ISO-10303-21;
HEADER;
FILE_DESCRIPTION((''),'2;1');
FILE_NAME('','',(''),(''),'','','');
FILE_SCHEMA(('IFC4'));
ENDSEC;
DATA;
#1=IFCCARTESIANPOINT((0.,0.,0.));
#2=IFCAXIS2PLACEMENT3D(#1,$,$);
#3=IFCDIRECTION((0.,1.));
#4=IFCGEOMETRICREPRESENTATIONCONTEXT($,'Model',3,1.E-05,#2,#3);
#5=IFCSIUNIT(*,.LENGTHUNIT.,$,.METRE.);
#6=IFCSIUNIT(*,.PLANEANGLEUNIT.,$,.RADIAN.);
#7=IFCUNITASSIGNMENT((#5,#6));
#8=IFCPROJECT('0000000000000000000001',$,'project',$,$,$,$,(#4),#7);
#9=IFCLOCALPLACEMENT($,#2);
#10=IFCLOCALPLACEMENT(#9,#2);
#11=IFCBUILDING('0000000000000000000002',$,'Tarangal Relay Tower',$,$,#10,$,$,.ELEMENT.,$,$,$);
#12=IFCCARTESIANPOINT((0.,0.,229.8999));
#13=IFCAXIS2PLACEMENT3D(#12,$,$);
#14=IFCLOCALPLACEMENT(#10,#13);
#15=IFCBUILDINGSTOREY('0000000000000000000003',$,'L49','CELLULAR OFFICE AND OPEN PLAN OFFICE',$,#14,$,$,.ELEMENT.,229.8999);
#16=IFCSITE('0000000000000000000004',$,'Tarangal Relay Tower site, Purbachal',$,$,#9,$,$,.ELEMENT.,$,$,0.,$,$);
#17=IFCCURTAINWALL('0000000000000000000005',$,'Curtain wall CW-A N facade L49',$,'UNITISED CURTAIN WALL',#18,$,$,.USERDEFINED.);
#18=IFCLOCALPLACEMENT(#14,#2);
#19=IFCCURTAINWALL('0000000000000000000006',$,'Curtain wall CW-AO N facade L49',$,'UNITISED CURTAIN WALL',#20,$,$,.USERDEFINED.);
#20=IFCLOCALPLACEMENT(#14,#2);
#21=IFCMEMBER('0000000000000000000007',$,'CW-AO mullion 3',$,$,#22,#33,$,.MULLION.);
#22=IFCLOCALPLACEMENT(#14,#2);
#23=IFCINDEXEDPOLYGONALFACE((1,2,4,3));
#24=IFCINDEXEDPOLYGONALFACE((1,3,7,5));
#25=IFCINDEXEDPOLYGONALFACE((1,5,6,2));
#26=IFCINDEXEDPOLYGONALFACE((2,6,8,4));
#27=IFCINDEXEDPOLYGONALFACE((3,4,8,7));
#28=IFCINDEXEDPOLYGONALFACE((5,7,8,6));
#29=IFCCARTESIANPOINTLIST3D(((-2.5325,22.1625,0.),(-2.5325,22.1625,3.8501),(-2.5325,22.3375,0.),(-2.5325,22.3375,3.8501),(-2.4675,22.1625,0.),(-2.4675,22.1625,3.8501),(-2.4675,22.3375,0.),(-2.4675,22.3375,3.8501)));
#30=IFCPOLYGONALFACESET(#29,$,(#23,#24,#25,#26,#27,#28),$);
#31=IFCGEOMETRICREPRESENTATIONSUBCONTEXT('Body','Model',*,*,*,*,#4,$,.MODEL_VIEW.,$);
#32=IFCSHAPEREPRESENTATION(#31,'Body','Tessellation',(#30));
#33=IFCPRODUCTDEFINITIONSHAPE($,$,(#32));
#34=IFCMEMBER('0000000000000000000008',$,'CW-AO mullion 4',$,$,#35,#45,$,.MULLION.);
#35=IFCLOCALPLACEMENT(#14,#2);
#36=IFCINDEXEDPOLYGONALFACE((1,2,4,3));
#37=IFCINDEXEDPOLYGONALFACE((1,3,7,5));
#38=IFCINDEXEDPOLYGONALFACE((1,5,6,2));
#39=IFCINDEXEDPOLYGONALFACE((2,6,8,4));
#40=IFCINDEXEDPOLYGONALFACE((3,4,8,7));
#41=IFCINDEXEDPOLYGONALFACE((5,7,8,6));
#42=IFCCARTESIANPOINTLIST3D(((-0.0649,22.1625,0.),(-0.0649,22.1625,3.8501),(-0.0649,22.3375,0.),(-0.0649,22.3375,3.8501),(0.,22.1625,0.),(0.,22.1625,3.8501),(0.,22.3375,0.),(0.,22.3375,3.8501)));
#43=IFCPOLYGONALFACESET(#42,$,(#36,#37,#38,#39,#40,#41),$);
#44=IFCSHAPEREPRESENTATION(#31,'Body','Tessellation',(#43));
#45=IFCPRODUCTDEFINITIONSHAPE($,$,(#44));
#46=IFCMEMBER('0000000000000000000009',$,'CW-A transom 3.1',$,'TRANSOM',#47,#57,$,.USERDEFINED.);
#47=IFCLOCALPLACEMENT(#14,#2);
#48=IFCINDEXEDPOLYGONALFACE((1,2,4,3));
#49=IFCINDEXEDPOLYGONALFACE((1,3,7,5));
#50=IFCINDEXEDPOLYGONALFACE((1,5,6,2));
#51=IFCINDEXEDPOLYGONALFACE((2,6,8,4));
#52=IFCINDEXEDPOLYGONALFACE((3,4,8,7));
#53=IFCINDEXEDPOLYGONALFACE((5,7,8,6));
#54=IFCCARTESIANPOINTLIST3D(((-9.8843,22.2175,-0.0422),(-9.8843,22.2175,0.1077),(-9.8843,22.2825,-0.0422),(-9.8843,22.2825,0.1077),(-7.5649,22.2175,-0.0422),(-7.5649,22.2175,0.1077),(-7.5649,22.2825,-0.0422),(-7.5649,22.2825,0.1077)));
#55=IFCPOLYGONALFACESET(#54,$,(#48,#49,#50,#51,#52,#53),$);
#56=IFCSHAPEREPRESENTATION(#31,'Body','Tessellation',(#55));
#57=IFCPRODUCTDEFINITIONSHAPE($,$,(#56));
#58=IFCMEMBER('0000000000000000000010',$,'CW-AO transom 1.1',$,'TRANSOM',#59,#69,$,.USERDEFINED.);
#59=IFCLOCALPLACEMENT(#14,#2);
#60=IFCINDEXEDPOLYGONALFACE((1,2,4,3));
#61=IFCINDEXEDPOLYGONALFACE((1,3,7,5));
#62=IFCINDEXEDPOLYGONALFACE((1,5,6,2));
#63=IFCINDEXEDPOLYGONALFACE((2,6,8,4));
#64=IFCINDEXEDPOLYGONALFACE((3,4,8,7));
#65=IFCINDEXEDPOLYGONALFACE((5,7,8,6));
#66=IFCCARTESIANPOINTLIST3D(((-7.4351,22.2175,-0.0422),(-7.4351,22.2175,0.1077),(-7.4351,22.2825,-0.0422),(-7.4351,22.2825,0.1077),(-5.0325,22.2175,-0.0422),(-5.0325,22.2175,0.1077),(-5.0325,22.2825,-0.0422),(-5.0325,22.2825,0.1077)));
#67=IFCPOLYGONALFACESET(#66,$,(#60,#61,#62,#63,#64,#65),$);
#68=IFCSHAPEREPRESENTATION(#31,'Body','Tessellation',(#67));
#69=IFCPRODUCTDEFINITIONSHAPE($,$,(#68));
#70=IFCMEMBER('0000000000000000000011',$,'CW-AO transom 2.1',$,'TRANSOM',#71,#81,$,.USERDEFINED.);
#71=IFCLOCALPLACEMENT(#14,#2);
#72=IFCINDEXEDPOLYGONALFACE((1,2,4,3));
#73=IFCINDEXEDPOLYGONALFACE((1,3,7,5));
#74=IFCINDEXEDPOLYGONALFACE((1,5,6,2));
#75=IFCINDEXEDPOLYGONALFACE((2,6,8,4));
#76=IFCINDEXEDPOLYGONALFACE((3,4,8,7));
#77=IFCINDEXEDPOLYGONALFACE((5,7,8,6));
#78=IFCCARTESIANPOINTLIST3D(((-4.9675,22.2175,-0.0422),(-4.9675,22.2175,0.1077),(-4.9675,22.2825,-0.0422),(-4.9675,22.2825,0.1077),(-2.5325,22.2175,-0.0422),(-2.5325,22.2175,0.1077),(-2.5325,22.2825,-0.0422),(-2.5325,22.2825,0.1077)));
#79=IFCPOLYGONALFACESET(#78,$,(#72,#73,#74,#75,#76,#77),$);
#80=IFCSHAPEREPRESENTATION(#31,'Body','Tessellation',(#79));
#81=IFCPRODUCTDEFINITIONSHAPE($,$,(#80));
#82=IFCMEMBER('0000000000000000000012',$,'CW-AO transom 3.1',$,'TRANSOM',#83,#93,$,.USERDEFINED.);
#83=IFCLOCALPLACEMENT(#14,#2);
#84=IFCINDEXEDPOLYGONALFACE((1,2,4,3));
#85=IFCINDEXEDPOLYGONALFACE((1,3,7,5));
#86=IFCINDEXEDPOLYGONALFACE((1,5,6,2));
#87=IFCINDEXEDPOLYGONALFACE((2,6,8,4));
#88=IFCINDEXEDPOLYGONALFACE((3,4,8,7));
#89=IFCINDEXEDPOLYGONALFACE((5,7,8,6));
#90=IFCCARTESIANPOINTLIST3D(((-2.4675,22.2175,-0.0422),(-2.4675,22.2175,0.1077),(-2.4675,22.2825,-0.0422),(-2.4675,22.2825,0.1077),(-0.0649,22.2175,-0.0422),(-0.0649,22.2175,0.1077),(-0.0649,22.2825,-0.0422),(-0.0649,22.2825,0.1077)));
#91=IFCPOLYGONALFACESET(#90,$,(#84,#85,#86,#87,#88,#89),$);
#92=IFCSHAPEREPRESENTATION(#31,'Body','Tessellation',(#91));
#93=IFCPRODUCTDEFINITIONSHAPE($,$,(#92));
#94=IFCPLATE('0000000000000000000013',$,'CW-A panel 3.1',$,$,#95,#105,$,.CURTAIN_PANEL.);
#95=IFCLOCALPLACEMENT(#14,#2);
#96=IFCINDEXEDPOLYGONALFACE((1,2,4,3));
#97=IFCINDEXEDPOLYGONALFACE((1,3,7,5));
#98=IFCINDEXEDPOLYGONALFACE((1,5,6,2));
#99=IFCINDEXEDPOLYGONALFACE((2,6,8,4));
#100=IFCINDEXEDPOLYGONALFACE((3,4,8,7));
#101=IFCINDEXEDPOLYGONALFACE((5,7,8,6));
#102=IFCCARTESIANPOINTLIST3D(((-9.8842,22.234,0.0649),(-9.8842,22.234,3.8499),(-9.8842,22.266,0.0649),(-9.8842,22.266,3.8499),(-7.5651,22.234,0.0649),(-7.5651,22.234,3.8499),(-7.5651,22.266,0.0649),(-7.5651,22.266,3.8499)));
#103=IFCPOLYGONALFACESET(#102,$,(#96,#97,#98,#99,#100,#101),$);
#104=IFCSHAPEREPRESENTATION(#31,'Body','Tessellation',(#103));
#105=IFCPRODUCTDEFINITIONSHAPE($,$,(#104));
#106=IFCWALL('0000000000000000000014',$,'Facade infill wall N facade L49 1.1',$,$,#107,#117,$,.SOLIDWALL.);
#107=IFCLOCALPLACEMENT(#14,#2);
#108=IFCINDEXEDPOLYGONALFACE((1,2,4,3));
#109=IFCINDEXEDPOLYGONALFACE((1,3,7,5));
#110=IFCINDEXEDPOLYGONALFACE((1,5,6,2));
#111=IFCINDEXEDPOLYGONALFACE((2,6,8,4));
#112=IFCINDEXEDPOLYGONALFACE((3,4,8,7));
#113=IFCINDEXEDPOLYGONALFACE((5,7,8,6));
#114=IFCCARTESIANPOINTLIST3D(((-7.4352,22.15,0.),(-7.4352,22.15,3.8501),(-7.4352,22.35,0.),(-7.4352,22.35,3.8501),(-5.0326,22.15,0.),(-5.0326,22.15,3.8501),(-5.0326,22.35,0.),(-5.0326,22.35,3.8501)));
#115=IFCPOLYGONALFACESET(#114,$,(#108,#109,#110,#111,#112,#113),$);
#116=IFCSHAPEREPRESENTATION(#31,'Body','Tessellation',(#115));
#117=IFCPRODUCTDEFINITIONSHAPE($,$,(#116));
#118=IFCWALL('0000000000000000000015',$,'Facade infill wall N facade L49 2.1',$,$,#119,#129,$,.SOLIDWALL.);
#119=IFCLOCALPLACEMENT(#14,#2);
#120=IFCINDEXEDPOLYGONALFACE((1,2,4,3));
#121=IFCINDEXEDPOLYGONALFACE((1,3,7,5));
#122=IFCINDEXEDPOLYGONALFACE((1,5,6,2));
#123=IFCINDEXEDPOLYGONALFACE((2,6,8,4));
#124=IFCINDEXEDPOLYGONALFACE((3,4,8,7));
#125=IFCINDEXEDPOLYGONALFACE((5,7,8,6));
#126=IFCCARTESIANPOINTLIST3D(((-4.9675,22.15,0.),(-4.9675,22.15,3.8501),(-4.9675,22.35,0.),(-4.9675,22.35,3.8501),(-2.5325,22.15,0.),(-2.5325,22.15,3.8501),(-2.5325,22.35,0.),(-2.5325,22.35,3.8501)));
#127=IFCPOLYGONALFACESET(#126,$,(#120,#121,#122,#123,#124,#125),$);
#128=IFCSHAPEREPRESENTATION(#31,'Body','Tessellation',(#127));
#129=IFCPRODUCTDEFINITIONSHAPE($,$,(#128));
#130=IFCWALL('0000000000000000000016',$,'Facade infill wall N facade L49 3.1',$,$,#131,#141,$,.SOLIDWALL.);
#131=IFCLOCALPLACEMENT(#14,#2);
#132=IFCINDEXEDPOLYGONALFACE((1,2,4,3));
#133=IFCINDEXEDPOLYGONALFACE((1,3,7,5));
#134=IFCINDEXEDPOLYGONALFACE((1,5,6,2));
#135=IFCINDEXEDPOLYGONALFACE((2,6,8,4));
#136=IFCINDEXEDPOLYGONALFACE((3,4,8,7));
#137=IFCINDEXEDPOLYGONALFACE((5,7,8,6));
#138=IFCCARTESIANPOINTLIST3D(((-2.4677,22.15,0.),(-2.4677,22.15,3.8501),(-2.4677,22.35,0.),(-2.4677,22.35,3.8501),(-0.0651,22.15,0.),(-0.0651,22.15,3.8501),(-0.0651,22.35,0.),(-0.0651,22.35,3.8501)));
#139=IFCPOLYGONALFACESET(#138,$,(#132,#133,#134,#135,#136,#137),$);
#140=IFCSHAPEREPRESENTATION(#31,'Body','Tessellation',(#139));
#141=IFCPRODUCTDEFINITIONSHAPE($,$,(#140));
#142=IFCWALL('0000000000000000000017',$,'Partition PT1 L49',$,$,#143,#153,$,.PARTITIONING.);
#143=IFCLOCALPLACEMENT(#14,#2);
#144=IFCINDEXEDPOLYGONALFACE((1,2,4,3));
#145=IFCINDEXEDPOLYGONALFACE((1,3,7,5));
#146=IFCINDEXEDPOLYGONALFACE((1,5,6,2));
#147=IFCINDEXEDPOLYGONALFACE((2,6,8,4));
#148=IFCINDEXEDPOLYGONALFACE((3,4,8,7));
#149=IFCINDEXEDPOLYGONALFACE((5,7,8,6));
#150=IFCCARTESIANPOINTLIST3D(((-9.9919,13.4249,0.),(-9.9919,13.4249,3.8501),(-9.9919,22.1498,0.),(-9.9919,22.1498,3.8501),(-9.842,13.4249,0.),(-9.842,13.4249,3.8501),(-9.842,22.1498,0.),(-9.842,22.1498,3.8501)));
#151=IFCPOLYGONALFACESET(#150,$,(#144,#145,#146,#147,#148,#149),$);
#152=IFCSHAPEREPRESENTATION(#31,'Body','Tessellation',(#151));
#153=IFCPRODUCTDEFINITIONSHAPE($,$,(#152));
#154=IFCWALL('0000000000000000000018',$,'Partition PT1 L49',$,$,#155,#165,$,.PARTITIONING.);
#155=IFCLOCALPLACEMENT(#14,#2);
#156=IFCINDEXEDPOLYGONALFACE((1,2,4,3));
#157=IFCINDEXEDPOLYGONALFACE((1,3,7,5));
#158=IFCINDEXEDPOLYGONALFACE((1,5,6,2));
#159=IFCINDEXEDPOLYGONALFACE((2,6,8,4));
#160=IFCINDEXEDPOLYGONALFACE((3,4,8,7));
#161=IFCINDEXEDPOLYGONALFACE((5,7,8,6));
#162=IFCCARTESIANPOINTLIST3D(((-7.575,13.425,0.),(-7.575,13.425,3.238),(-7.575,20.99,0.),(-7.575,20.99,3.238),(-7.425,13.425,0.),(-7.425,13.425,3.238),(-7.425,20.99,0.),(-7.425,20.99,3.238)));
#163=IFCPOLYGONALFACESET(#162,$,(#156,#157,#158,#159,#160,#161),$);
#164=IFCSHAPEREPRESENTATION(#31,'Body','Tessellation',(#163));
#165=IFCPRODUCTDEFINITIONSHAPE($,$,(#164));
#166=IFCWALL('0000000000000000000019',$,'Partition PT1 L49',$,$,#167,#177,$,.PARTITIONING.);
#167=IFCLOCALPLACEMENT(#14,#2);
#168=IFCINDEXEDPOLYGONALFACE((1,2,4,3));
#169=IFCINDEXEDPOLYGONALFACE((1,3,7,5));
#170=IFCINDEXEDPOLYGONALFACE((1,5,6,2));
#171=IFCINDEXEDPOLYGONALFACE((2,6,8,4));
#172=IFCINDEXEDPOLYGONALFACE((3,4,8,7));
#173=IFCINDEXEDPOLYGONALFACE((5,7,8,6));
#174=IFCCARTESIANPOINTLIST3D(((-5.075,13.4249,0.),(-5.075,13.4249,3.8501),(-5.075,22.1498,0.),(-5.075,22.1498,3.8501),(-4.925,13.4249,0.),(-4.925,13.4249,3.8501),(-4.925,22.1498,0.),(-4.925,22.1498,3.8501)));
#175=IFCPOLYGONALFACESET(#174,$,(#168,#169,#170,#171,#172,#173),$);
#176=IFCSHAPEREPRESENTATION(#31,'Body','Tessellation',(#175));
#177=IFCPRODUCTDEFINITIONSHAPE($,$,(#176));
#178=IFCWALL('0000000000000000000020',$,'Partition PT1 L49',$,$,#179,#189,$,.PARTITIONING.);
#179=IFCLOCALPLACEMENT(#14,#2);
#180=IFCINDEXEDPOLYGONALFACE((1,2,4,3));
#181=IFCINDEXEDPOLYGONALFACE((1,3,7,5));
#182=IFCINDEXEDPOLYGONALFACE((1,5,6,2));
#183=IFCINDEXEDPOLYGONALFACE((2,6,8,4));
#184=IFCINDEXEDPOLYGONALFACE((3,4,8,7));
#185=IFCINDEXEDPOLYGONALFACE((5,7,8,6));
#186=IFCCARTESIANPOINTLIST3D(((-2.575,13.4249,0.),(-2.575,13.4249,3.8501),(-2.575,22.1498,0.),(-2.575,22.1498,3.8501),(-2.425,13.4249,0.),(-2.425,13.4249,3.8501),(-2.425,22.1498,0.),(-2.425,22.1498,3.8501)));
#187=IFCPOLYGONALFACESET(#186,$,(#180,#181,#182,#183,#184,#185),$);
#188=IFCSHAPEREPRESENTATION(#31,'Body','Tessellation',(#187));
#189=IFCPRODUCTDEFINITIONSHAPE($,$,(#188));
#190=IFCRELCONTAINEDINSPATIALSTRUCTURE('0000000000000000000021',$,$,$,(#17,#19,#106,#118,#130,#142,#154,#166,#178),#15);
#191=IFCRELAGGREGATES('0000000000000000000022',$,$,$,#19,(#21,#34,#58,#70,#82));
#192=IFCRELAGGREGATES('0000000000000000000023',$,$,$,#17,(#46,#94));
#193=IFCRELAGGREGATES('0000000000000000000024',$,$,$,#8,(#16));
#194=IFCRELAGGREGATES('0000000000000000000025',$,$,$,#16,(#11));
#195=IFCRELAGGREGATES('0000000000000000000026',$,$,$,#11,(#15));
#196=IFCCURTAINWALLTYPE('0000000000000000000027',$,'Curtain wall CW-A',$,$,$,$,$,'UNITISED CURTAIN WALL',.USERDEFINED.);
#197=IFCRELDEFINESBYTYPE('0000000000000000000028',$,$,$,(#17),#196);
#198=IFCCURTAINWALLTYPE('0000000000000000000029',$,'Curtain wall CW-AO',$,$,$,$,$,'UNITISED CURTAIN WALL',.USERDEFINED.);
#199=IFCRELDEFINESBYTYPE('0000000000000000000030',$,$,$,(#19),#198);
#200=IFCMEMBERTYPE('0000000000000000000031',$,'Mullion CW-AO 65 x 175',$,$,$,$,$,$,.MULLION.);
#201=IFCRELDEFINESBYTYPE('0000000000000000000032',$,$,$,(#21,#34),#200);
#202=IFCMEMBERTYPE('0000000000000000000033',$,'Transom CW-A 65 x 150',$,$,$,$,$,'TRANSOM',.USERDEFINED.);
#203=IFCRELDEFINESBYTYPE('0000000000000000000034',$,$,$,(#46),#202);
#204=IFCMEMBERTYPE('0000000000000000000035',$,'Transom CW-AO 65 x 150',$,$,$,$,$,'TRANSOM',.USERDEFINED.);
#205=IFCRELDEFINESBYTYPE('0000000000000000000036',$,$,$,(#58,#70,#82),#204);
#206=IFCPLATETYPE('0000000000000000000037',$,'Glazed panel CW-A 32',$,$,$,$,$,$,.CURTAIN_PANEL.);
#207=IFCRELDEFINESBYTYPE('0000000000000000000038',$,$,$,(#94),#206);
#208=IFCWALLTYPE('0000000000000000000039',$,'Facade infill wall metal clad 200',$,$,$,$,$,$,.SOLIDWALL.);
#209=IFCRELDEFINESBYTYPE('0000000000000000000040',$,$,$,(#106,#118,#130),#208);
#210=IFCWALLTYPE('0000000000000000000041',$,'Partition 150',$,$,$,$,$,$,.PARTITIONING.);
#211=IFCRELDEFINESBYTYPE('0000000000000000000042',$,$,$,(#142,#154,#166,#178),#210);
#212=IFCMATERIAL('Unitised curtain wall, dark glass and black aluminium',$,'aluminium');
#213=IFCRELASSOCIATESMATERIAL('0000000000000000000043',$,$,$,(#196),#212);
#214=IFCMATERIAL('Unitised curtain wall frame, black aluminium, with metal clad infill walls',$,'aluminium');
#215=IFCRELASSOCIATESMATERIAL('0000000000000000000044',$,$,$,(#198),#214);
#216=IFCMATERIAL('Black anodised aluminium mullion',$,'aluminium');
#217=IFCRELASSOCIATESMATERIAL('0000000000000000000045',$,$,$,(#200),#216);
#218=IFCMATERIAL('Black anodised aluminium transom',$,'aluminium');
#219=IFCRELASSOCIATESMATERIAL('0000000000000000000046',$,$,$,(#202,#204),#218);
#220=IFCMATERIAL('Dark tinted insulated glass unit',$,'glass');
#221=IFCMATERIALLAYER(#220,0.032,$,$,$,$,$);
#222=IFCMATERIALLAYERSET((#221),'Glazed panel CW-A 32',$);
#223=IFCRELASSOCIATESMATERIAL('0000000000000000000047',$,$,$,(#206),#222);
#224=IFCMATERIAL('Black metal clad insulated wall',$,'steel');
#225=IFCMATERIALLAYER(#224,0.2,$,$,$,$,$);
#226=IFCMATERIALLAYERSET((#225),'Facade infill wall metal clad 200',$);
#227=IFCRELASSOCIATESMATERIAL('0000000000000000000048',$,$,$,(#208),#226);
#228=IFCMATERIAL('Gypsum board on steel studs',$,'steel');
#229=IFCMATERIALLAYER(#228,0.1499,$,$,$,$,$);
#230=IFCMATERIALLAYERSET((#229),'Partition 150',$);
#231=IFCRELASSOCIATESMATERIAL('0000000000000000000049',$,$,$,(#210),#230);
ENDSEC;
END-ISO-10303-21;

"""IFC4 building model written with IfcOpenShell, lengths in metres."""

from ifc_helpers import new_model, si_unit, direction, frame, frame_2d, origin, origin_2d, place, context, subcontext, project, spatial, rectangle, extrude, material, layer, layer_set, material_profile, profile_set, type_object, element, aggregate, save


model = new_model("IFC4")

# Units and contexts
model_context = context("Model", 3, precision=1e-05, world=origin(), true_north=direction((0.0, 1.0)))
body_context = subcontext(model_context, "Body", "Model", "MODEL_VIEW")
ifc_project = project(units=[si_unit("LENGTHUNIT", "METRE"), si_unit("PLANEANGLEUNIT", "RADIAN")], contexts=[model_context])

# Site, building, storey
site_placement = place(None, origin())
site = spatial("IfcSite", under=ifc_project, at=site_placement, Name="Tarangal Relay Tower site, Purbachal", CompositionType="ELEMENT", RefElevation=0.0)
building_placement = place(site_placement, origin())
building = spatial("IfcBuilding", under=site, at=building_placement, Name="Tarangal Relay Tower", CompositionType="ELEMENT")
storey_placement = place(building_placement, frame((0.0, 0.0, 229.8999)))
storey = spatial("IfcBuildingStorey", under=building, at=storey_placement, Name="L49", Description="CELLULAR OFFICE AND OPEN PLAN OFFICE", CompositionType="ELEMENT", Elevation=229.8999)

# Curtain walls, members
ifc_material_1 = material(Name="Unitised curtain wall, dark glass and black aluminium", Category="aluminium")
curtain_wall_type_1 = type_object("IfcCurtainWallType", Name="Curtain wall CW-A", ElementType="UNITISED CURTAIN WALL", PredefinedType="USERDEFINED", material=ifc_material_1)
curtain_wall_1_placement = place(storey_placement, origin())
curtain_wall_1 = element("IfcCurtainWall", 1, at=curtain_wall_1_placement, inside=storey, type_object=curtain_wall_type_1, Name="Curtain wall CW-A N facade L49", ObjectType="UNITISED CURTAIN WALL", PredefinedType="USERDEFINED")
ifc_material_2 = material(Name="Black anodised aluminium mullion", Category="aluminium")
ifc_material_3 = material(Name="Unitised curtain wall frame, black aluminium, with metal clad infill walls", Category="aluminium")
curtain_wall_type_2 = type_object("IfcCurtainWallType", Name="Curtain wall CW-AO", ElementType="UNITISED CURTAIN WALL", PredefinedType="USERDEFINED", material=ifc_material_3)
curtain_wall_2_placement = place(storey_placement, origin())
curtain_wall_2 = element("IfcCurtainWall", 2, at=curtain_wall_2_placement, inside=storey, type_object=curtain_wall_type_2, Name="Curtain wall CW-AO N facade L49", ObjectType="UNITISED CURTAIN WALL", PredefinedType="USERDEFINED")
ifc_material_profile_1 = material_profile(ifc_material_2, rectangle(XDim=0.175, YDim=0.0649, at=origin_2d()), Name="CW-AOM 65X175")
ifc_profile_set_1 = profile_set([ifc_material_profile_1], Name="Black anodised aluminium mullion")
member_type_1 = type_object("IfcMemberType", Name="Mullion CW-AO 65 x 175", PredefinedType="MULLION", material=ifc_profile_set_1)
member_1_placement = place(storey_placement, frame((-2.5, 22.25, 0.0), z_axis=(0.0, 0.0, 1.0), x_axis=(0.0, 1.0, 0.0)))
member_1 = element("IfcMember", 3, at=member_1_placement, type_object=member_type_1, Name="CW-AO mullion 3", PredefinedType="MULLION", context=body_context, shape_type="SweptSolid", body=[
    extrude(rectangle(XDim=0.175, YDim=0.0649, at=origin_2d()), origin(), (0.0, 0.0, 1.0), 3.8501),
])
member_2_placement = place(storey_placement, frame((-0.0325, 22.25, 0.0), z_axis=(0.0, 0.0, 1.0), x_axis=(0.0, 1.0, 0.0)))
member_2 = element("IfcMember", 4, at=member_2_placement, type_object=member_type_1, Name="CW-AO mullion 4", PredefinedType="MULLION", context=body_context, shape_type="SweptSolid", body=[
    extrude(rectangle(XDim=0.175, YDim=0.0649, at=origin_2d()), origin(), (0.0, 0.0, 1.0), 3.8501),
])

# Members
ifc_material_4 = material(Name="Black anodised aluminium transom", Category="aluminium")
ifc_material_profile_2 = material_profile(ifc_material_4, rectangle(XDim=0.0649, YDim=0.1499, at=origin_2d()), Name="CW-AT 65X150")
ifc_profile_set_2 = profile_set([ifc_material_profile_2], Name="Black anodised aluminium transom")
member_type_2 = type_object("IfcMemberType", Name="Transom CW-A 65 x 150", ElementType="TRANSOM", PredefinedType="USERDEFINED", material=ifc_profile_set_2)
member_3_placement = place(storey_placement, frame((-9.8843, 22.25, 0.0327), z_axis=(1.0, 0.0, 0.0), x_axis=(0.0, 1.0, 0.0)))
member_3 = element("IfcMember", 5, at=member_3_placement, type_object=member_type_2, Name="CW-A transom 3.1", ObjectType="TRANSOM", PredefinedType="USERDEFINED", context=body_context, shape_type="SweptSolid", body=[
    extrude(rectangle(XDim=0.0649, YDim=0.1499, at=origin_2d()), origin(), (0.0, 0.0, 1.0), 2.3193),
])
ifc_material_profile_3 = material_profile(ifc_material_4, rectangle(XDim=0.0649, YDim=0.1499, at=origin_2d()), Name="CW-AOT 65X150")
ifc_profile_set_3 = profile_set([ifc_material_profile_3], Name="Black anodised aluminium transom")
member_type_3 = type_object("IfcMemberType", Name="Transom CW-AO 65 x 150", ElementType="TRANSOM", PredefinedType="USERDEFINED", material=ifc_profile_set_3)
member_4_placement = place(storey_placement, frame((-7.4351, 22.25, 0.0327), z_axis=(1.0, 0.0, 0.0), x_axis=(0.0, 1.0, 0.0)))
member_4 = element("IfcMember", 6, at=member_4_placement, type_object=member_type_3, Name="CW-AO transom 1.1", ObjectType="TRANSOM", PredefinedType="USERDEFINED", context=body_context, shape_type="SweptSolid", body=[
    extrude(rectangle(XDim=0.0649, YDim=0.1499, at=origin_2d()), origin(), (0.0, 0.0, 1.0), 2.4026),
])
member_5_placement = place(storey_placement, frame((-4.9675, 22.25, 0.0327), z_axis=(1.0, 0.0, 0.0), x_axis=(0.0, 1.0, 0.0)))
member_5 = element("IfcMember", 7, at=member_5_placement, type_object=member_type_3, Name="CW-AO transom 2.1", ObjectType="TRANSOM", PredefinedType="USERDEFINED", context=body_context, shape_type="SweptSolid", body=[
    extrude(rectangle(XDim=0.0649, YDim=0.1499, at=origin_2d()), origin(), (0.0, 0.0, 1.0), 2.4351),
])
member_6_placement = place(storey_placement, frame((-2.4675, 22.25, 0.0327), z_axis=(1.0, 0.0, 0.0), x_axis=(0.0, 1.0, 0.0)))
member_6 = element("IfcMember", 8, at=member_6_placement, type_object=member_type_3, Name="CW-AO transom 3.1", ObjectType="TRANSOM", PredefinedType="USERDEFINED", context=body_context, shape_type="SweptSolid", body=[
    extrude(rectangle(XDim=0.0649, YDim=0.1499, at=origin_2d()), origin(), (0.0, 0.0, 1.0), 2.4026),
])
aggregate(curtain_wall_2, [member_1, member_2, member_4, member_5, member_6])

# Plate
ifc_material_5 = material(Name="Dark tinted insulated glass unit", Category="glass")
ifc_layer_1 = layer(ifc_material_5, 0.032)
ifc_layer_set_1 = layer_set([ifc_layer_1], Name="Glazed panel CW-A 32")
plate_type = type_object("IfcPlateType", Name="Glazed panel CW-A 32", PredefinedType="CURTAIN_PANEL", material=ifc_layer_set_1)
plate_placement = place(storey_placement, frame((-8.7246, 22.25, 0.0649), z_axis=(0.0, 0.0, 1.0), x_axis=(1.0, 0.0, 0.0)))
plate = element("IfcPlate", 9, at=plate_placement, type_object=plate_type, Name="CW-A panel 3.1", PredefinedType="CURTAIN_PANEL", context=body_context, shape_type="SweptSolid", body=[
    extrude(rectangle(XDim=2.3191, YDim=0.032, at=origin_2d()), origin(), (0.0, 0.0, 1.0), 3.7849),
])
aggregate(curtain_wall_1, [member_3, plate])

# Walls
ifc_material_6 = material(Name="Black metal clad insulated wall", Category="steel")
ifc_layer_2 = layer(ifc_material_6, 0.2)
ifc_layer_set_2 = layer_set([ifc_layer_2], Name="Facade infill wall metal clad 200")
wall_type_1 = type_object("IfcWallType", Name="Facade infill wall metal clad 200", PredefinedType="SOLIDWALL", material=ifc_layer_set_2)
wall_1_placement = place(storey_placement, frame((-7.4351, 22.25, 0.0), z_axis=(0.0, 0.0, 1.0), x_axis=(1.0, 0.0, 0.0)))
element("IfcWall", 10, at=wall_1_placement, inside=storey, type_object=wall_type_1, Name="Facade infill wall N facade L49 1.1", PredefinedType="SOLIDWALL", context=body_context, shape_type="SweptSolid", body=[
    extrude(rectangle(XDim=2.4026, YDim=0.2, at=frame_2d((1.2012, 0.0))), origin(), (0.0, 0.0, 1.0), 3.8501),
])
wall_2_placement = place(storey_placement, frame((-4.9675, 22.25, 0.0), z_axis=(0.0, 0.0, 1.0), x_axis=(1.0, 0.0, 0.0)))
element("IfcWall", 11, at=wall_2_placement, inside=storey, type_object=wall_type_1, Name="Facade infill wall N facade L49 2.1", PredefinedType="SOLIDWALL", context=body_context, shape_type="SweptSolid", body=[
    extrude(rectangle(XDim=2.4351, YDim=0.2, at=frame_2d((1.2175, 0.0))), origin(), (0.0, 0.0, 1.0), 3.8501),
])
wall_3_placement = place(storey_placement, frame((-2.4675, 22.25, 0.0), z_axis=(0.0, 0.0, 1.0), x_axis=(1.0, 0.0, 0.0)))
element("IfcWall", 12, at=wall_3_placement, inside=storey, type_object=wall_type_1, Name="Facade infill wall N facade L49 3.1", PredefinedType="SOLIDWALL", context=body_context, shape_type="SweptSolid", body=[
    extrude(rectangle(XDim=2.4026, YDim=0.2, at=frame_2d((1.2012, 0.0))), origin(), (0.0, 0.0, 1.0), 3.8501),
])
ifc_material_7 = material(Name="Gypsum board on steel studs", Category="steel")
ifc_layer_3 = layer(ifc_material_7, 0.1499)
ifc_layer_set_3 = layer_set([ifc_layer_3], Name="Partition 150")
wall_type_2 = type_object("IfcWallType", Name="Partition 150", PredefinedType="PARTITIONING", material=ifc_layer_set_3)
wall_4_placement = place(storey_placement, frame((-9.917, 13.425, 0.0), z_axis=(0.0, 0.0, 1.0), x_axis=(0.0, 1.0, 0.0)))
element("IfcWall", 13, at=wall_4_placement, inside=storey, type_object=wall_type_2, Name="Partition PT1 L49", PredefinedType="PARTITIONING", context=body_context, shape_type="SweptSolid", body=[
    extrude(rectangle(XDim=8.7249, YDim=0.1499, at=frame_2d((4.3623, 0.0))), origin(), (0.0, 0.0, 1.0), 3.8501),
])
wall_5_placement = place(storey_placement, frame((-7.5, 13.425, 0.0), z_axis=(0.0, 0.0, 1.0), x_axis=(0.0, 1.0, 0.0)))
element("IfcWall", 14, at=wall_5_placement, inside=storey, type_object=wall_type_2, Name="Partition PT1 L49", PredefinedType="PARTITIONING", context=body_context, shape_type="SweptSolid", body=[
    extrude(rectangle(XDim=7.5649, YDim=0.1499, at=frame_2d((3.7825, 0.0))), origin(), (0.0, 0.0, 1.0), 3.238),
])
for number, where, z_axis, x_axis, name in (
    (15, (-5.0, 13.425, 0.0), (0.0, 0.0, 1.0), (0.0, 1.0, 0.0), "Partition PT1 L49"),
    (16, (-2.5, 13.425, 0.0), (0.0, 0.0, 1.0), (0.0, 1.0, 0.0), "Partition PT1 L49"),
):
    element("IfcWall", number, at=place(storey_placement, frame(where, z_axis=z_axis, x_axis=x_axis)), inside=storey, type_object=wall_type_2, Name=name, PredefinedType="PARTITIONING", context=body_context, shape_type="SweptSolid", body=[
        extrude(rectangle(XDim=8.7249, YDim=0.1499, at=frame_2d((4.3623, 0.0))), origin(), (0.0, 0.0, 1.0), 3.8501),
    ])

save(model, "model.ifc")
